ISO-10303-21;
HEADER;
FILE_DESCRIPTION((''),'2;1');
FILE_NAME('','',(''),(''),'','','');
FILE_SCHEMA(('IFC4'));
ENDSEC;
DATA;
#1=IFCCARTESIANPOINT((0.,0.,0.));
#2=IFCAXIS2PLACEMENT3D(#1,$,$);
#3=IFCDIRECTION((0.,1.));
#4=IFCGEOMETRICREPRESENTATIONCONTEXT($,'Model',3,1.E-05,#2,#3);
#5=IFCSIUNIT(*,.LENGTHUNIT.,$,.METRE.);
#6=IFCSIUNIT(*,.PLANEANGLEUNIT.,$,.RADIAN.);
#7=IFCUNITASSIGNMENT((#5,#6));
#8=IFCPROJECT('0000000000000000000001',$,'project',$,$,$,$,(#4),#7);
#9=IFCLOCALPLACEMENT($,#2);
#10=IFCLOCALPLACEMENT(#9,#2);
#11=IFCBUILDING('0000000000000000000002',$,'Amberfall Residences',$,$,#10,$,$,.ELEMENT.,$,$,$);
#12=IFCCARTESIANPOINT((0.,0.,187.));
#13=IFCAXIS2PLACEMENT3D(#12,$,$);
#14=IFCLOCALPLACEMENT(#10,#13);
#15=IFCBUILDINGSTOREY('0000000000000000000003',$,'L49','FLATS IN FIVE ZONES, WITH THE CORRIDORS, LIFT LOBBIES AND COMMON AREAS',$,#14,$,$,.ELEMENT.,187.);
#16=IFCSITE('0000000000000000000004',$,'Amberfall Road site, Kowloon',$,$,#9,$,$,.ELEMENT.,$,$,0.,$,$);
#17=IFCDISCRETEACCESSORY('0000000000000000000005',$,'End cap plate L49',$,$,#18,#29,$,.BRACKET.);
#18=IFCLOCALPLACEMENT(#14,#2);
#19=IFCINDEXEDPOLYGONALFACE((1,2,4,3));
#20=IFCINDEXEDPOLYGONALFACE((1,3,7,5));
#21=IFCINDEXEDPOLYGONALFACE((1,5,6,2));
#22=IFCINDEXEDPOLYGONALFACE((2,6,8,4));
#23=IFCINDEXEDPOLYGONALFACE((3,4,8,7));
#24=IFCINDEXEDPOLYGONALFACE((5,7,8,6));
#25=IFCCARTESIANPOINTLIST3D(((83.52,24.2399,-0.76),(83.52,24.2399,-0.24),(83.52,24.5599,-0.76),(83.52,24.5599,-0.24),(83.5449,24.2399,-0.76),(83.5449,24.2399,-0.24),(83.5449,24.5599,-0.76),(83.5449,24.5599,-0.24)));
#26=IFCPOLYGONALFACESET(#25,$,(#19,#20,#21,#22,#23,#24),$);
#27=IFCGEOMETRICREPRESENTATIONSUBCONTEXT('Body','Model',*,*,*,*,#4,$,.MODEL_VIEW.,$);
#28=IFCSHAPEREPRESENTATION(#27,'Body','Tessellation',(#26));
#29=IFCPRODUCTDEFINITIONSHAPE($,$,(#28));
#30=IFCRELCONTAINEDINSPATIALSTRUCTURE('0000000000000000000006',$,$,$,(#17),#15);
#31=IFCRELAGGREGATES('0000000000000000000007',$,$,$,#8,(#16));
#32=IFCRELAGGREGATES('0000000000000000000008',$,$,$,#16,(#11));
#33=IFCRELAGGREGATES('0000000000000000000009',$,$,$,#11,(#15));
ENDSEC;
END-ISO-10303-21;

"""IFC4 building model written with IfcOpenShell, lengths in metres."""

from ifc_helpers import new_model, si_unit, direction, frame, origin, origin_2d, place, context, subcontext, project, spatial, rectangle, extrude, element, save


model = new_model("IFC4")

# Units and contexts
model_context = context("Model", 3, precision=1e-05, world=origin(), true_north=direction((0.0, 1.0)))
body_context = subcontext(model_context, "Body", "Model", "MODEL_VIEW")
ifc_project = project(units=[si_unit("LENGTHUNIT", "METRE"), si_unit("PLANEANGLEUNIT", "RADIAN")], contexts=[model_context])

# Site, building, storey
site_placement = place(None, origin())
site = spatial("IfcSite", under=ifc_project, at=site_placement, Name="Amberfall Road site, Kowloon", CompositionType="ELEMENT", RefElevation=0.0)
building_placement = place(site_placement, origin())
building = spatial("IfcBuilding", under=site, at=building_placement, Name="Amberfall Residences", CompositionType="ELEMENT")
storey_placement = place(building_placement, frame((0.0, 0.0, 187.0)))
storey = spatial("IfcBuildingStorey", under=building, at=storey_placement, Name="L49", Description="FLATS IN FIVE ZONES, WITH THE CORRIDORS, LIFT LOBBIES AND COMMON AREAS", CompositionType="ELEMENT", Elevation=187.0)

# Discrete accessory
for number, where, z_axis, x_axis, name in (
    (1, (83.5325, 24.3999, -0.76), (0.0, 0.0, 1.0), (1.0, 0.0, 0.0), "End cap plate L49"),
):
    element("IfcDiscreteAccessory", number, at=place(storey_placement, frame(where, z_axis=z_axis, x_axis=x_axis)), inside=storey, Name=name, PredefinedType="BRACKET", context=body_context, shape_type="SweptSolid", body=[
        extrude(rectangle(XDim=0.0249, YDim=0.3201, at=origin_2d()), origin(), (0.0, 0.0, 1.0), 0.52),
    ])

save(model, "model.ifc")
